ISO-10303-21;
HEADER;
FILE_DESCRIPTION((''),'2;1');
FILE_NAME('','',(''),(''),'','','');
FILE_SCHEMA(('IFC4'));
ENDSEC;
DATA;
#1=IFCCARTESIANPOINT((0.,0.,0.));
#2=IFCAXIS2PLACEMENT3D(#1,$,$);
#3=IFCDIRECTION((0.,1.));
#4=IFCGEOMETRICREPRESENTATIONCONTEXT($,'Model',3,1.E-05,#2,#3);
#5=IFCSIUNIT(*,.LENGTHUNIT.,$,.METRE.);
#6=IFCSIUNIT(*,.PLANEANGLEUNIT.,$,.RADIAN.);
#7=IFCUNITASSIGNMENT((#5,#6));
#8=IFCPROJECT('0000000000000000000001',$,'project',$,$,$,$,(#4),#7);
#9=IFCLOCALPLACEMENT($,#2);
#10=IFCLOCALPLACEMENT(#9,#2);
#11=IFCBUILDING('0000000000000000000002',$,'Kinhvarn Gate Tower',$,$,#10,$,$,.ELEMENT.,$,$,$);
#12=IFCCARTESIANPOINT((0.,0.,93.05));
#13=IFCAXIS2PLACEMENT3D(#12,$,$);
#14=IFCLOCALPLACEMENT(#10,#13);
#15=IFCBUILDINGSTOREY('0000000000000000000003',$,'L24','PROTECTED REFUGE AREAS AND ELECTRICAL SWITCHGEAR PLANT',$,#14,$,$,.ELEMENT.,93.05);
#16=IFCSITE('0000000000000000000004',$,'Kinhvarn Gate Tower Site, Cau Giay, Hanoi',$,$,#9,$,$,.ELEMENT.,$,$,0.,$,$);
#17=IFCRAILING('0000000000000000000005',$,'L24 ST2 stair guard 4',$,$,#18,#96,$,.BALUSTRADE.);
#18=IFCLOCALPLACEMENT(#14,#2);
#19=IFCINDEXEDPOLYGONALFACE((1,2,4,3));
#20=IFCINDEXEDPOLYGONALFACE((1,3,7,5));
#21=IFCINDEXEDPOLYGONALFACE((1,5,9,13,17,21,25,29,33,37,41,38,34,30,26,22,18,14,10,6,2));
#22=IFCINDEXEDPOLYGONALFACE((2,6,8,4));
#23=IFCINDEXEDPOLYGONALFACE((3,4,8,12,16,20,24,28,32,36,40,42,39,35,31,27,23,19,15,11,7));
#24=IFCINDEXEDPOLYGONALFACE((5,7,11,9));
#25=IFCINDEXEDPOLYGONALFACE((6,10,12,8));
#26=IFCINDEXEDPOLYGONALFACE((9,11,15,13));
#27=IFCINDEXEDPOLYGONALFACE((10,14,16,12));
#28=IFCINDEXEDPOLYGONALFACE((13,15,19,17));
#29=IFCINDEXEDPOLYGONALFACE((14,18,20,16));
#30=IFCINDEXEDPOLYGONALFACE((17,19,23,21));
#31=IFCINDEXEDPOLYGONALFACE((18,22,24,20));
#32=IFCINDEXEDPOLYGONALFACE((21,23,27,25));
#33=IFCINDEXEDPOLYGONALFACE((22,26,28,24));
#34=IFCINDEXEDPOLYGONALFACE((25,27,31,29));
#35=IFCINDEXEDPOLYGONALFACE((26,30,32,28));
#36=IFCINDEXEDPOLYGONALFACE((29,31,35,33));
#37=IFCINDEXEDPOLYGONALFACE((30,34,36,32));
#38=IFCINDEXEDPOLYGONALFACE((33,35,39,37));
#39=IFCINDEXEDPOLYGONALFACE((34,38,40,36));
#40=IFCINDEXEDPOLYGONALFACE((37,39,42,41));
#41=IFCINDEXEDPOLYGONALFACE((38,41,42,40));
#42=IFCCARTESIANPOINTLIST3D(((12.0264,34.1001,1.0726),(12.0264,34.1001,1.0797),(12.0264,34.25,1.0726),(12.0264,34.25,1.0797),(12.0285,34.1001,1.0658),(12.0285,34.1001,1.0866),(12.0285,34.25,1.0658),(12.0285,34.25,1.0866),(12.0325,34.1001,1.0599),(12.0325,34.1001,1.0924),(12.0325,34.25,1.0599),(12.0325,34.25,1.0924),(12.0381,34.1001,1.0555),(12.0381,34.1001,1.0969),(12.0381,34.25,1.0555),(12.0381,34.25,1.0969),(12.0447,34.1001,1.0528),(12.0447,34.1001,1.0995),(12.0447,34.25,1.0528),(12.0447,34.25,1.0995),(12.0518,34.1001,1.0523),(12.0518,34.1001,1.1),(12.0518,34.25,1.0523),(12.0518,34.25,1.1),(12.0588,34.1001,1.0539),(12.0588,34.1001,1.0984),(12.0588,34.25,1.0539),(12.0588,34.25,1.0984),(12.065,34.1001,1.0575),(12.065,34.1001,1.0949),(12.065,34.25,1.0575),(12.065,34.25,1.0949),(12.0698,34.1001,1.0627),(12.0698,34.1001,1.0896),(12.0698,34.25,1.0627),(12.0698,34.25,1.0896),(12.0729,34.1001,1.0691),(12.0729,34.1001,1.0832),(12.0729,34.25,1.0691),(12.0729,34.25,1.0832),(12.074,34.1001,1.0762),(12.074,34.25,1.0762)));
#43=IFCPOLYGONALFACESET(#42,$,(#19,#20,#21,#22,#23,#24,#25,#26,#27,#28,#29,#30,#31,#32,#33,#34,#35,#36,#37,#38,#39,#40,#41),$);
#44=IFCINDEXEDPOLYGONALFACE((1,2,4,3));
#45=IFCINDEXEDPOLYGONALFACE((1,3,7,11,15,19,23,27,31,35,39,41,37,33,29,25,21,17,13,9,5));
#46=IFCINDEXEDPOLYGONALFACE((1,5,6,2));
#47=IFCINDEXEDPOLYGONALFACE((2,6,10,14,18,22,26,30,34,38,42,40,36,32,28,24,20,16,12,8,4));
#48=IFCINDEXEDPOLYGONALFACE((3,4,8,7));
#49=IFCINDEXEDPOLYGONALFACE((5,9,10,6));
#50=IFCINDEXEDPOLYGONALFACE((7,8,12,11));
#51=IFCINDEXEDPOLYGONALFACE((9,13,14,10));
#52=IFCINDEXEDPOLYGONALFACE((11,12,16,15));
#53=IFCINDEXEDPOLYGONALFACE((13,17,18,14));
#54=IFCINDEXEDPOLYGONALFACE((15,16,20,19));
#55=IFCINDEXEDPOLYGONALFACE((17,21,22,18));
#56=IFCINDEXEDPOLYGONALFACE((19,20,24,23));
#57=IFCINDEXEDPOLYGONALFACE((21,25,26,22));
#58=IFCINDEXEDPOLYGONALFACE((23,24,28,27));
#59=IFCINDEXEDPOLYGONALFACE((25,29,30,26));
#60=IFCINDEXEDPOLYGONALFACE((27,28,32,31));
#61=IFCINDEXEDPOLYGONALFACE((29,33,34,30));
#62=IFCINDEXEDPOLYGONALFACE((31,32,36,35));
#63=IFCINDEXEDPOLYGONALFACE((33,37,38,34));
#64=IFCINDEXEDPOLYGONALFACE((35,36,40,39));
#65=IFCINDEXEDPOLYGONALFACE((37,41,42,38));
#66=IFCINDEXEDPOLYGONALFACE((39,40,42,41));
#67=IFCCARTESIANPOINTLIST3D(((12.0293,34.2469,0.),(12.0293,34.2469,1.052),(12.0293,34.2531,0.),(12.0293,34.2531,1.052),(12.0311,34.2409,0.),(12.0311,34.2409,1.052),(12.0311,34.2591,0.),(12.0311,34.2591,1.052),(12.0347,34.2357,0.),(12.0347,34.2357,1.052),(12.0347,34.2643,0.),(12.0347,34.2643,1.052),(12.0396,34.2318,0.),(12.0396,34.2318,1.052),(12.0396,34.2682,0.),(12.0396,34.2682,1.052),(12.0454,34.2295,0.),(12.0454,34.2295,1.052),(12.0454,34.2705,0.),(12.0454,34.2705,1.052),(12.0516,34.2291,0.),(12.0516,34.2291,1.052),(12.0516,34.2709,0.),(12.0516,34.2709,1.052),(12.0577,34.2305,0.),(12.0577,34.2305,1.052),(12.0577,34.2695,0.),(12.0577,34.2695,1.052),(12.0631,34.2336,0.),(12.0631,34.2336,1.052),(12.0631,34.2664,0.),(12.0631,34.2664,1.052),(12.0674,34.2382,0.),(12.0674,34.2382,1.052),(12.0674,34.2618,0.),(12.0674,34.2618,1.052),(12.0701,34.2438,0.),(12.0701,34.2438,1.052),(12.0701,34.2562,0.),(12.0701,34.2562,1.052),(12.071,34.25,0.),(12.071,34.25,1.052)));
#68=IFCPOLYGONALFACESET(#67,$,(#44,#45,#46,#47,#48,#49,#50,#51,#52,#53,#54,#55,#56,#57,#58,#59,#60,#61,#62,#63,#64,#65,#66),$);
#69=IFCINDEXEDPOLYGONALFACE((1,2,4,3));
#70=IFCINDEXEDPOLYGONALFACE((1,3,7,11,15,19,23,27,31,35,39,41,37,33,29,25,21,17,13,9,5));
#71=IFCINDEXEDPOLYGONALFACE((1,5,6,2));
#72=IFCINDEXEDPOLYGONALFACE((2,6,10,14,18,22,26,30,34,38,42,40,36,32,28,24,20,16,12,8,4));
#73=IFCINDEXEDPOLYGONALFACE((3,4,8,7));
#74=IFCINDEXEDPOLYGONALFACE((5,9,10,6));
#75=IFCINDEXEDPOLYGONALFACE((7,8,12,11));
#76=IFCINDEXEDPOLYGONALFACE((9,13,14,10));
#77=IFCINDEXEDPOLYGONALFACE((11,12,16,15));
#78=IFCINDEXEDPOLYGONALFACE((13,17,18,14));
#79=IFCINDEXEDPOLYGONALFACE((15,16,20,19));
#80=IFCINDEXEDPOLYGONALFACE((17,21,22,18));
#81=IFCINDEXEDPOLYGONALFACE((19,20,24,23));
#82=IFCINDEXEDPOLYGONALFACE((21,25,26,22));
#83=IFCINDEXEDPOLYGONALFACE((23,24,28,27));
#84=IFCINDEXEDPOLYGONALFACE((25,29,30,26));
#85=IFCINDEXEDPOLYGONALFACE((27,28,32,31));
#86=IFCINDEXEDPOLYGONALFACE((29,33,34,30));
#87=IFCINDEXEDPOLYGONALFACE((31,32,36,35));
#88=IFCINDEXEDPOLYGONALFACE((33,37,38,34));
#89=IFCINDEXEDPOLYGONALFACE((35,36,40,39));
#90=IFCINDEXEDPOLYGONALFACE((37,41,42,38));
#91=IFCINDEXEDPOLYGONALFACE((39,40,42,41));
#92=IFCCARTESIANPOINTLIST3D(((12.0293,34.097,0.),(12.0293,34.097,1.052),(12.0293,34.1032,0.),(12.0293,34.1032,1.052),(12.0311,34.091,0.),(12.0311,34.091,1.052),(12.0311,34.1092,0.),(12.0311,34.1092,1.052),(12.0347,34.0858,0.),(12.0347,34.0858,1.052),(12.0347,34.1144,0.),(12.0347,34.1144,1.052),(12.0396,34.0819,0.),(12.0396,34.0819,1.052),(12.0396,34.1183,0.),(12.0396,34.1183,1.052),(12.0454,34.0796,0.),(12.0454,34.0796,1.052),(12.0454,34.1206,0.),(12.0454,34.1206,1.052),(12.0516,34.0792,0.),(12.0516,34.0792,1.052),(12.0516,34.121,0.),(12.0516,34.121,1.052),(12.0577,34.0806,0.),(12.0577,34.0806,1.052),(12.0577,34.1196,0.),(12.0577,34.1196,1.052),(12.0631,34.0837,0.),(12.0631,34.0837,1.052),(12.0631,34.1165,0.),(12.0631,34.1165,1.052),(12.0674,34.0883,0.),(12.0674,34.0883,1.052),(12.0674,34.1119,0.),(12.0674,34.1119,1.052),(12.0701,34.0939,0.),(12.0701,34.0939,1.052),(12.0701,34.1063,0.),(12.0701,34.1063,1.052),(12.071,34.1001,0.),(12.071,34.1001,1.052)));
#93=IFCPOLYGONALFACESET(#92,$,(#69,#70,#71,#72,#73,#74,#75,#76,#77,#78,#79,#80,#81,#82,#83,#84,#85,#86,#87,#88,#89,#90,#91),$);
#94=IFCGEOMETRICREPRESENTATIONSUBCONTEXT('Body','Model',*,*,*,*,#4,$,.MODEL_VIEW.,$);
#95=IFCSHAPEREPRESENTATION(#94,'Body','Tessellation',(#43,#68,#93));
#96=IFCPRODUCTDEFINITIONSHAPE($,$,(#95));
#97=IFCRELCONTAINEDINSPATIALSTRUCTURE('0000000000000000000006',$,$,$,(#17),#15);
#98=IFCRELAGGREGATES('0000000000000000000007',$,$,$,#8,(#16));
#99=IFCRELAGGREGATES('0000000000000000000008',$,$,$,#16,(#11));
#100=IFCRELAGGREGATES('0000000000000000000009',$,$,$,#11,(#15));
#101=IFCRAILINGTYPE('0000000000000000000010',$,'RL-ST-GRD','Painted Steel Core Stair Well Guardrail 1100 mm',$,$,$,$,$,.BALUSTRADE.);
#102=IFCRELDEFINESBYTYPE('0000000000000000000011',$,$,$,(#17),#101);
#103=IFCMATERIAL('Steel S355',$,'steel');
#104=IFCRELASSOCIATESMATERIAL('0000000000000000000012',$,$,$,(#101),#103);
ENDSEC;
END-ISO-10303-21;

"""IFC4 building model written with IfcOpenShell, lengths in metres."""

from ifc_helpers import new_model, si_unit, direction, frame, origin, origin_2d, place, context, subcontext, project, spatial, circle, extrude, material, type_object, element, save


model = new_model("IFC4")

# Units and contexts
model_context = context("Model", 3, precision=1e-05, world=origin(), true_north=direction((0.0, 1.0)))
body_context = subcontext(model_context, "Body", "Model", "MODEL_VIEW")
ifc_project = project(units=[si_unit("LENGTHUNIT", "METRE"), si_unit("PLANEANGLEUNIT", "RADIAN")], contexts=[model_context])

# Site, building, storey
site_placement = place(None, origin())
site = spatial("IfcSite", under=ifc_project, at=site_placement, Name="Kinhvarn Gate Tower Site, Cau Giay, Hanoi", CompositionType="ELEMENT", RefElevation=0.0)
building_placement = place(site_placement, origin())
building = spatial("IfcBuilding", under=site, at=building_placement, Name="Kinhvarn Gate Tower", CompositionType="ELEMENT")
storey_placement = place(building_placement, frame((0.0, 0.0, 93.05)))
storey = spatial("IfcBuildingStorey", under=building, at=storey_placement, Name="L24", Description="PROTECTED REFUGE AREAS AND ELECTRICAL SWITCHGEAR PLANT", CompositionType="ELEMENT", Elevation=93.05)

# Shared definitions
ifc_material_1 = material(Name="Steel S355", Category="steel")

# Railing
railing_type_1 = type_object("IfcRailingType", Name="RL-ST-GRD", Description="Painted Steel Core Stair Well Guardrail 1100 mm", PredefinedType="BALUSTRADE", material=ifc_material_1)
railing_1_placement = place(storey_placement, frame((12.05, 34.25, 0.0)))
element("IfcRailing", 1, at=railing_1_placement, inside=storey, type_object=railing_type_1, Name="L24 ST2 stair guard 4", PredefinedType="BALUSTRADE", context=body_context, shape_type="SweptSolid", body=[
    extrude(circle(Radius=0.0239, at=origin_2d()), frame((0.0, 0.0, 1.0762), z_axis=(0.0, -1.0, 0.0), x_axis=(1.0, 0.0, 0.0)), (0.0, 0.0, 1.0), 0.1499),
    extrude(circle(Radius=0.021, at=origin_2d()), origin(), (0.0, 0.0, 1.0), 1.052),
    extrude(circle(Radius=0.021, at=origin_2d()), frame((0.0, -0.1499, 0.0)), (0.0, 0.0, 1.0), 1.052),
])

save(model, "model.ifc")
